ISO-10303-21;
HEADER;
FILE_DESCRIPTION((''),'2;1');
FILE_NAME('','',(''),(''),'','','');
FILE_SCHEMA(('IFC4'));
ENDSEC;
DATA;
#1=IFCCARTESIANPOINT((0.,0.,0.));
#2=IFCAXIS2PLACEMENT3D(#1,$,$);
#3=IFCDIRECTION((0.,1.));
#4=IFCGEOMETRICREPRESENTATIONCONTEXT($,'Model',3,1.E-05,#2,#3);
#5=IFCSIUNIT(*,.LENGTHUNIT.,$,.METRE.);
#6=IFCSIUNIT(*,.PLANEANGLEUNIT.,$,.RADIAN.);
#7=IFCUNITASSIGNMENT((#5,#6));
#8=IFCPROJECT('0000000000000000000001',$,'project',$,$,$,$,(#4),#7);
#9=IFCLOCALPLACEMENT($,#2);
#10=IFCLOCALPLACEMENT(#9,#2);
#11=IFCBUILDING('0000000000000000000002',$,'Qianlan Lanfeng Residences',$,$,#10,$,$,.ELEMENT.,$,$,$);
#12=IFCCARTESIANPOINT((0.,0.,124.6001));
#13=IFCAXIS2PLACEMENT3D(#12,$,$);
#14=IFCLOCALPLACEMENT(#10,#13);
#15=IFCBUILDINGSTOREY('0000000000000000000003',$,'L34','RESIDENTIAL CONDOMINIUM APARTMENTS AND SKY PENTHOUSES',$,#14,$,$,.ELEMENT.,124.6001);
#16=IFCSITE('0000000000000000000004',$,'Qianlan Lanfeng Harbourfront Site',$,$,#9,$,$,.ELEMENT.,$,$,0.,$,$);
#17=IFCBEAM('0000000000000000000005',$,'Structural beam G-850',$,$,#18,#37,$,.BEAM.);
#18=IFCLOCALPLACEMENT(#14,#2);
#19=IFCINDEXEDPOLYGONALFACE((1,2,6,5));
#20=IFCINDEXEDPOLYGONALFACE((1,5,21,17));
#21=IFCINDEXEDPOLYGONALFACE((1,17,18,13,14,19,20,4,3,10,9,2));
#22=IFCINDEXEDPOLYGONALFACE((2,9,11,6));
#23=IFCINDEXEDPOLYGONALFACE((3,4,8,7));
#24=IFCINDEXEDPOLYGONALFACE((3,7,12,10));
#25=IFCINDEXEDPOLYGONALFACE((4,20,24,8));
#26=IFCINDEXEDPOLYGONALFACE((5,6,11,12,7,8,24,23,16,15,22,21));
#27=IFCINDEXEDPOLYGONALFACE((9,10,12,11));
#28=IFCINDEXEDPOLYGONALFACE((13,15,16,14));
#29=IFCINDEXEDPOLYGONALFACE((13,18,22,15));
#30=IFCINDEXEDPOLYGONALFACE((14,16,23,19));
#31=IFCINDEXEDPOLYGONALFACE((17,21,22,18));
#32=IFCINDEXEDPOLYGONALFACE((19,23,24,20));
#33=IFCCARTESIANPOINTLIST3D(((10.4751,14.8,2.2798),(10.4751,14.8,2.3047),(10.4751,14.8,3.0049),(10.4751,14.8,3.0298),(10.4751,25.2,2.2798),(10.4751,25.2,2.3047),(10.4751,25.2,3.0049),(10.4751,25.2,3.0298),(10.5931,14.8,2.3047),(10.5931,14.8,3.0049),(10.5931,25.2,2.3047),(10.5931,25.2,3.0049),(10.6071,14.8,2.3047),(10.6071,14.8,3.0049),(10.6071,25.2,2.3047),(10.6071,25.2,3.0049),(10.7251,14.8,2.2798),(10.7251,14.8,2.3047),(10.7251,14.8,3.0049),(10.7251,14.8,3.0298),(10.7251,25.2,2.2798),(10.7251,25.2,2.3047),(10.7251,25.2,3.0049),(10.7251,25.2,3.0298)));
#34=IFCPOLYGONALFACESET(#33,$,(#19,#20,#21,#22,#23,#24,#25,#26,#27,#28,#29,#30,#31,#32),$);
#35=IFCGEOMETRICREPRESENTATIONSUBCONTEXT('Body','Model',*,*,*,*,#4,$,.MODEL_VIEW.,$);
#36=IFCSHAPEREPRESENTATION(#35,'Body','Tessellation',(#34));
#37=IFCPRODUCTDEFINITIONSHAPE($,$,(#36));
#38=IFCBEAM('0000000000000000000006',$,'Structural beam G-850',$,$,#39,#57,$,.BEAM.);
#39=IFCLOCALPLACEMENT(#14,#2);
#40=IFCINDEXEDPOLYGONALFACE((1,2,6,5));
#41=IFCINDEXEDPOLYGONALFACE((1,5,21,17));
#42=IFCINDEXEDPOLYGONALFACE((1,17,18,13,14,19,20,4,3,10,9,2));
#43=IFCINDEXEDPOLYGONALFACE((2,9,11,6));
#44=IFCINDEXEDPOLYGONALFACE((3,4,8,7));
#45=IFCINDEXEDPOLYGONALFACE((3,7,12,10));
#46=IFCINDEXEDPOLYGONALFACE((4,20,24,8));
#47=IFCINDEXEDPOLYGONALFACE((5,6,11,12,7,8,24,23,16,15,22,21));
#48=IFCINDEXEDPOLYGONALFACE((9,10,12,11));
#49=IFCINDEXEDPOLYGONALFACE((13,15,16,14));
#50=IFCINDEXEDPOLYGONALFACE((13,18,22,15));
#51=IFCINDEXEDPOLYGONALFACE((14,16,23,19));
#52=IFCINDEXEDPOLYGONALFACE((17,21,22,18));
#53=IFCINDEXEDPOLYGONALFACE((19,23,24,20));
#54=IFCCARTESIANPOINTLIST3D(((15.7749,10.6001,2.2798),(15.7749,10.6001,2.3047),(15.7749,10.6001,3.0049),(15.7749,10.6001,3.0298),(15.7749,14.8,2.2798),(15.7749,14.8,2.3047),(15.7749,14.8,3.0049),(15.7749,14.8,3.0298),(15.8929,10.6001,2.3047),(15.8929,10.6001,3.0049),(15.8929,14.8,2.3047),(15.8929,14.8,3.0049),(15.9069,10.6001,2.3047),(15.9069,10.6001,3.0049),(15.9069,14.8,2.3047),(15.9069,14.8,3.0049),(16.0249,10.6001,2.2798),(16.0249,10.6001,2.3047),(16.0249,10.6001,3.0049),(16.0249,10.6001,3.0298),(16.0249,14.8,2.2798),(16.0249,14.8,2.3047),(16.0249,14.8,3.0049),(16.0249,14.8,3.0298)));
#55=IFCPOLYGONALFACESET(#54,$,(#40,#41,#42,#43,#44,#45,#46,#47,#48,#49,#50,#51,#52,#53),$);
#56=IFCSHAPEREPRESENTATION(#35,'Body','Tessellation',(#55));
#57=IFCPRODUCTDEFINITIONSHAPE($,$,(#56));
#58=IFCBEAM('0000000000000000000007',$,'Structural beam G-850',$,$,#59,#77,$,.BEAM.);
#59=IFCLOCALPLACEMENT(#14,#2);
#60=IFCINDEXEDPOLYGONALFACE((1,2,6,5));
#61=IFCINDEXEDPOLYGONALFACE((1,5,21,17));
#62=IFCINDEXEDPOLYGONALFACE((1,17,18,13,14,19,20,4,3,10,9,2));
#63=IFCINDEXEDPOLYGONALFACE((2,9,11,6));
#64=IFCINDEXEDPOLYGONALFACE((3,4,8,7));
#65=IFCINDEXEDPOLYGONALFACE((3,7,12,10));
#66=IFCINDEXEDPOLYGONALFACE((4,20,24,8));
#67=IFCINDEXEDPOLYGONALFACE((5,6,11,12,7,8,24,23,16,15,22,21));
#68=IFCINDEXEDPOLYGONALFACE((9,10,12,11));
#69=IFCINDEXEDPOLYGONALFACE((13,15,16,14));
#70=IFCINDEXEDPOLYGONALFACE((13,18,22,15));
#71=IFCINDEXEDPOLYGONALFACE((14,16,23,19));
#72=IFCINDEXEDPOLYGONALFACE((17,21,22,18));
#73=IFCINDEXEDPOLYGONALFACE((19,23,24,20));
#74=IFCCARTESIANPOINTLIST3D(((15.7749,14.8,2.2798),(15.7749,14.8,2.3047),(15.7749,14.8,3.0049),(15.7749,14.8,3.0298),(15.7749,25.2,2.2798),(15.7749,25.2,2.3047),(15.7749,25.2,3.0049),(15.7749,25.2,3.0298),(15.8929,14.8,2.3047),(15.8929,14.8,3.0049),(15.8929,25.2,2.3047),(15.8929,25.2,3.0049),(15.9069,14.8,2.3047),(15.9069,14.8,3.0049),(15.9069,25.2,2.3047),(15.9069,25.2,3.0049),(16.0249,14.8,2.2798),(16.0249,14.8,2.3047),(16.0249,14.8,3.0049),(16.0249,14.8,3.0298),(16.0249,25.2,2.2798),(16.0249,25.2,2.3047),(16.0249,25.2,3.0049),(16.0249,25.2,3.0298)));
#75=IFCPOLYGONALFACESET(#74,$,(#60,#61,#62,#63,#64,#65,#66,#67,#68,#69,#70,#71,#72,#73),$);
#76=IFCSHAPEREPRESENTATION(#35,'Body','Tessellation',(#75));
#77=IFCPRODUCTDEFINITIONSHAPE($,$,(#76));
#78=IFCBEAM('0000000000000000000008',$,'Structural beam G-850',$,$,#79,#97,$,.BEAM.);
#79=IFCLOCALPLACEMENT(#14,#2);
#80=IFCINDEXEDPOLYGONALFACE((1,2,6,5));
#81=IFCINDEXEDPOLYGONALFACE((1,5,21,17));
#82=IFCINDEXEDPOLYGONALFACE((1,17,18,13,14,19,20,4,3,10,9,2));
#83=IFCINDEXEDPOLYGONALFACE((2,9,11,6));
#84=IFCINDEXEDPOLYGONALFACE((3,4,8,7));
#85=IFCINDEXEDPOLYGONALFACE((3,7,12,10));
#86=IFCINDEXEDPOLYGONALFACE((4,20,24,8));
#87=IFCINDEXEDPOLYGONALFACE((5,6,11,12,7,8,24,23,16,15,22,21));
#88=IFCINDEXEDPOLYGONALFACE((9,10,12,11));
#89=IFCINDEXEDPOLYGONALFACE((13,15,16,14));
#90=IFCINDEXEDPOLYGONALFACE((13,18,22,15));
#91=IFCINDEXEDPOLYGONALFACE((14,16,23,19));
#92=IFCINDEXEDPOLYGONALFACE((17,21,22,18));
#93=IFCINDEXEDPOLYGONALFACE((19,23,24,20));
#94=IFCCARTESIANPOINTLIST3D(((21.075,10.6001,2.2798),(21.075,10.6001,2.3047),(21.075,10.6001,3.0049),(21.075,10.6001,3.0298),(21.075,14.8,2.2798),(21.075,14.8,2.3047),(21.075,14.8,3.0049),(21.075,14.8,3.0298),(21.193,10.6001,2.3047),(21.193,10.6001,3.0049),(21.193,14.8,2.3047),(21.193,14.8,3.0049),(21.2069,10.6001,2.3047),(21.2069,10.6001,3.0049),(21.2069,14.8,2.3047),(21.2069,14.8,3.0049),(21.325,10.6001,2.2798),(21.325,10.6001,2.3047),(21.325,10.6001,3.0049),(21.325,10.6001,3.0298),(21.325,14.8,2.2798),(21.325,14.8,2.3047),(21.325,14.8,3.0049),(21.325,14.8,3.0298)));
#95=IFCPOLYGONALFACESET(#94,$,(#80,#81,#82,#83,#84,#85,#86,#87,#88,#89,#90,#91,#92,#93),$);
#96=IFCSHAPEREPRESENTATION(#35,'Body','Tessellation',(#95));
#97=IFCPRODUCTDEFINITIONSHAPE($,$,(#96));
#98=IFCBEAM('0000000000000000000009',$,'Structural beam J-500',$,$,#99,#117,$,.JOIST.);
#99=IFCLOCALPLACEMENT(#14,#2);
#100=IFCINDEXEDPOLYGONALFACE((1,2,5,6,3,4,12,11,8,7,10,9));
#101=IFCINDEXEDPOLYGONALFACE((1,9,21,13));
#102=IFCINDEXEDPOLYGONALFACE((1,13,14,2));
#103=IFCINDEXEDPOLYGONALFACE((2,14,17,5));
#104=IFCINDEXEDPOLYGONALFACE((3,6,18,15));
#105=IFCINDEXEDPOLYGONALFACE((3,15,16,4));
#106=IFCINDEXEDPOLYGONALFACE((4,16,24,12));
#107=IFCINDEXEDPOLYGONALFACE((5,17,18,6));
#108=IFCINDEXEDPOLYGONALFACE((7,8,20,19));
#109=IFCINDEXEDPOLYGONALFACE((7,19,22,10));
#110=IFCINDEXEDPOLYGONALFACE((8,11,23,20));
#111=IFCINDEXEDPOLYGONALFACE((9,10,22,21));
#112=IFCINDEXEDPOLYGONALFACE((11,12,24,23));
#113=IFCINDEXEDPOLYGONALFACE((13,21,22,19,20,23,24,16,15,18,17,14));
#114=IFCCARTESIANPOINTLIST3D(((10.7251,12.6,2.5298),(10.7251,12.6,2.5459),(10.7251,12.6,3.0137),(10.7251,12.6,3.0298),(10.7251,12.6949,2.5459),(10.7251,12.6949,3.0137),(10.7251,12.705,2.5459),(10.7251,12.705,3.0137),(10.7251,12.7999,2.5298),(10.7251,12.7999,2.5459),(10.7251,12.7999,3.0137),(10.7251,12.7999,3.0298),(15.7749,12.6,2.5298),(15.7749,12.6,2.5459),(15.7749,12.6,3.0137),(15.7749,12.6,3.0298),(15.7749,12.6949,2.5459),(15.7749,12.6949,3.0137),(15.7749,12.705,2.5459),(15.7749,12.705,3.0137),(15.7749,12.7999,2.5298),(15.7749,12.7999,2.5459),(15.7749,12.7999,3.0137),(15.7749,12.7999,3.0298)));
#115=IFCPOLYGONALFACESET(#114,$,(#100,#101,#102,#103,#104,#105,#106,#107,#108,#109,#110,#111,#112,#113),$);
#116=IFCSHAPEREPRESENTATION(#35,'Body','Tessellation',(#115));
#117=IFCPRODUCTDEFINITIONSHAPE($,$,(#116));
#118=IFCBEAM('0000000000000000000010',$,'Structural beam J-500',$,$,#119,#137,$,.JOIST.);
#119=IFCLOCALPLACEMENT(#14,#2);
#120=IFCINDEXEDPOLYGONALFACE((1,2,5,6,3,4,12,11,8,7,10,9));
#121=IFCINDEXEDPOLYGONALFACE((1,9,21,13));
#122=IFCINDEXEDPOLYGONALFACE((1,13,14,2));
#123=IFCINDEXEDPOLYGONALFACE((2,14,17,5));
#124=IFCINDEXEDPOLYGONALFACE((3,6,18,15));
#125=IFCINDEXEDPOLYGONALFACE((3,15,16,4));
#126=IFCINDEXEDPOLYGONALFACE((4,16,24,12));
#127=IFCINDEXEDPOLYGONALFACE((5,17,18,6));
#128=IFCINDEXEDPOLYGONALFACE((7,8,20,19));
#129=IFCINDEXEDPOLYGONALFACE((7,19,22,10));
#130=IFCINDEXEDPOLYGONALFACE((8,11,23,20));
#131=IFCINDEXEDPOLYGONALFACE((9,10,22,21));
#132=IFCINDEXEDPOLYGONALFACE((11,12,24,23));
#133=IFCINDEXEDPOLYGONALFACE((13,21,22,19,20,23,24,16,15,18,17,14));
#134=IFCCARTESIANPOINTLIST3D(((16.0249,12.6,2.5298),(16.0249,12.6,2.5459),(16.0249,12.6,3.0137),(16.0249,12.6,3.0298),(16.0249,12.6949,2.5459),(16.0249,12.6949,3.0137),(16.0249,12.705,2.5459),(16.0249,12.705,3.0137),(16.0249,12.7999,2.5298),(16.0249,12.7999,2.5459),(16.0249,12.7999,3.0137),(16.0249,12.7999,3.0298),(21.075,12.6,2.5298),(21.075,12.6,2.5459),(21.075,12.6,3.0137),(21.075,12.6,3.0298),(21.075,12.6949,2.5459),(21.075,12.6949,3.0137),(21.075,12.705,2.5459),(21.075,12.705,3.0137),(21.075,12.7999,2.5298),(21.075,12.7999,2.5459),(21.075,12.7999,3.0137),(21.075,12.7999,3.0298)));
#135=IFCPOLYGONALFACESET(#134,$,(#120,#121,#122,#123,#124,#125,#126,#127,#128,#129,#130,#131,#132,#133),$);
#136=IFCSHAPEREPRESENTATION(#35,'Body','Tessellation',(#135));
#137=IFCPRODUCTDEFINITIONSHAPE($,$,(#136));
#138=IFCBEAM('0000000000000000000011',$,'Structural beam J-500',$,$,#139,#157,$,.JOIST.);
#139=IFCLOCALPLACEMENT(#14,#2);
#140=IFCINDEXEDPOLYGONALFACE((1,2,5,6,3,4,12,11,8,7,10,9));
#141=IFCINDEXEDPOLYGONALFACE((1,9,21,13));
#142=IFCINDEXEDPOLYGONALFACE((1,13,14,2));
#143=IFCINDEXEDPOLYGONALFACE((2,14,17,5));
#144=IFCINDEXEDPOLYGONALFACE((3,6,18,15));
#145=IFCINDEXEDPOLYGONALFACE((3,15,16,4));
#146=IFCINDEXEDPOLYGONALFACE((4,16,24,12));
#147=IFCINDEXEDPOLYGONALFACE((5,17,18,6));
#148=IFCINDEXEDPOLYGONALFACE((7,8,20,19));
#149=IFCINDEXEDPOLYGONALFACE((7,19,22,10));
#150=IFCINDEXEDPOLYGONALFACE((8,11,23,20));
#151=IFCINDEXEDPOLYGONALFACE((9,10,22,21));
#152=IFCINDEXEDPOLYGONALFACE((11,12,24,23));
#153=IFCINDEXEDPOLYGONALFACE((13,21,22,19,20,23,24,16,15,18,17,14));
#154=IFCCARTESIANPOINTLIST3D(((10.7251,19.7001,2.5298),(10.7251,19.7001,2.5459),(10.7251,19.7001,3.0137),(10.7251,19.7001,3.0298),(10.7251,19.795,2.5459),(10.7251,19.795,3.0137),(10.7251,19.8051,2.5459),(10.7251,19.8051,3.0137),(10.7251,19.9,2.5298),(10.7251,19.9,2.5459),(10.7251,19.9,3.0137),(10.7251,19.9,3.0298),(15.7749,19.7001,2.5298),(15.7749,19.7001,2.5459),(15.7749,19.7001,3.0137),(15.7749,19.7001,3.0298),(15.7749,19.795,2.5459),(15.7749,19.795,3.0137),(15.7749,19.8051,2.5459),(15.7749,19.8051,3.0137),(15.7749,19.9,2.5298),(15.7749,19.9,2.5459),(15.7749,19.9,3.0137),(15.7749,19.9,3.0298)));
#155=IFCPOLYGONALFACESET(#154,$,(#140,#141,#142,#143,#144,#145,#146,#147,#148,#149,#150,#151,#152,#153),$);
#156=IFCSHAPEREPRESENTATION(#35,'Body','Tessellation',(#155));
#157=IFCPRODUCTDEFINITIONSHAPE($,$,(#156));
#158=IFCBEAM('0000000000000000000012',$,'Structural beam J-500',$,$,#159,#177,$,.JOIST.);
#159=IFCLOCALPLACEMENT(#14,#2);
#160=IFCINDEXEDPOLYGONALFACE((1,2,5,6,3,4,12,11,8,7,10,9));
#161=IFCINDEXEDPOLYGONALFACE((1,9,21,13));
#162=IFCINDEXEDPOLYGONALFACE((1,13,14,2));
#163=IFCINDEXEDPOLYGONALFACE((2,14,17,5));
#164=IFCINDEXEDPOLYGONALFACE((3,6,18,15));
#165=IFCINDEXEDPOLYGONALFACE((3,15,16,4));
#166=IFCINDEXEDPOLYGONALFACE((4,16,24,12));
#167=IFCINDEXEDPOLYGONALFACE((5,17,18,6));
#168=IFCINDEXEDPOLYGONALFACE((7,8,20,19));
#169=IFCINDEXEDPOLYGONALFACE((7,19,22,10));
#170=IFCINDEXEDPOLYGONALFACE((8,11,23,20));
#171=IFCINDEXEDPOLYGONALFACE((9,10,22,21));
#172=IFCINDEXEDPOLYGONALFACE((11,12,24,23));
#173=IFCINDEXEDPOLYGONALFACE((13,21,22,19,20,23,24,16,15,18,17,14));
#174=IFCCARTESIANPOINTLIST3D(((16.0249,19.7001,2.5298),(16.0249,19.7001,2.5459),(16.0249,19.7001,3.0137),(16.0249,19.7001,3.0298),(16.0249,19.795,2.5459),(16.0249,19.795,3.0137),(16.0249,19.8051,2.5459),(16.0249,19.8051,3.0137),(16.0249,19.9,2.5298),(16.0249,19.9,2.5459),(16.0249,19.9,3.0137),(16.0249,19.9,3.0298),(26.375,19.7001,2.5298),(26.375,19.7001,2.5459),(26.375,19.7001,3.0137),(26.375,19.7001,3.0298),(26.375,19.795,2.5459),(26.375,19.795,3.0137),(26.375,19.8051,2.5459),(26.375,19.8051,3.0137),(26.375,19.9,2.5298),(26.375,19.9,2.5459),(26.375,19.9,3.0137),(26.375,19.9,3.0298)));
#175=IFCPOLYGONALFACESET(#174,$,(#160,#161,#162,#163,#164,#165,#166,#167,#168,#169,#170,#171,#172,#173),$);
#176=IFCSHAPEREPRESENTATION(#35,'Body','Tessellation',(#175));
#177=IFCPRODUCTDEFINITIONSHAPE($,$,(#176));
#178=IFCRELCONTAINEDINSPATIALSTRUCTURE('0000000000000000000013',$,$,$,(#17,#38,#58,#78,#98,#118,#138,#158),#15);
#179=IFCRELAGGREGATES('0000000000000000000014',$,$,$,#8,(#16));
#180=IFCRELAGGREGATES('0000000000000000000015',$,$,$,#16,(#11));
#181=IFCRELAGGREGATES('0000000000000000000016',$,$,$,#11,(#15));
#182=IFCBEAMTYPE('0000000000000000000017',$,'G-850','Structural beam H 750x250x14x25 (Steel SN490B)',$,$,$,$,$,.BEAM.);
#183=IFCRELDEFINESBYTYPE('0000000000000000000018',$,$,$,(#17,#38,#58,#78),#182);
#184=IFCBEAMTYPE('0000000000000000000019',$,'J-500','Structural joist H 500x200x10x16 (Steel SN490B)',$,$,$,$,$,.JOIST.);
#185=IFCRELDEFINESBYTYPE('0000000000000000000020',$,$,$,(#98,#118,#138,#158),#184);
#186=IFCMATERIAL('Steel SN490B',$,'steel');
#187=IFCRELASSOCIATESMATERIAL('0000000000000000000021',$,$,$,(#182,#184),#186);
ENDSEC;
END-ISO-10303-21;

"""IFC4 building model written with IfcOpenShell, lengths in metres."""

from ifc_helpers import new_model, si_unit, direction, frame, origin, origin_2d, place, context, subcontext, project, spatial, i_section, extrude, material, material_profile, profile_set, type_object, element, save


model = new_model("IFC4")

# Units and contexts
model_context = context("Model", 3, precision=1e-05, world=origin(), true_north=direction((0.0, 1.0)))
body_context = subcontext(model_context, "Body", "Model", "MODEL_VIEW")
ifc_project = project(units=[si_unit("LENGTHUNIT", "METRE"), si_unit("PLANEANGLEUNIT", "RADIAN")], contexts=[model_context])

# Site, building, storey
site_placement = place(None, origin())
site = spatial("IfcSite", under=ifc_project, at=site_placement, Name="Qianlan Lanfeng Harbourfront Site", CompositionType="ELEMENT", RefElevation=0.0)
building_placement = place(site_placement, origin())
building = spatial("IfcBuilding", under=site, at=building_placement, Name="Qianlan Lanfeng Residences", CompositionType="ELEMENT")
storey_placement = place(building_placement, frame((0.0, 0.0, 124.6001)))
storey = spatial("IfcBuildingStorey", under=building, at=storey_placement, Name="L34", Description="RESIDENTIAL CONDOMINIUM APARTMENTS AND SKY PENTHOUSES", CompositionType="ELEMENT", Elevation=124.6001)

# Shared definitions
ifc_material_1 = material(Name="Steel SN490B", Category="steel")

# Beams
ifc_material_profile_1 = material_profile(ifc_material_1, i_section(OverallWidth=0.25, OverallDepth=0.75, WebThickness=0.0139, FlangeThickness=0.0249, at=origin_2d()), Name="H 750x250x14x25")
ifc_profile_set_1 = profile_set([ifc_material_profile_1], Name="Steel SN490B")
beam_type_1 = type_object("IfcBeamType", Name="G-850", Description="Structural beam H 750x250x14x25 (Steel SN490B)", PredefinedType="BEAM", material=ifc_profile_set_1)
beam_1_placement = place(storey_placement, frame((10.6001, 14.8, 2.6548), z_axis=(0.0, 1.0, 0.0), x_axis=(-1.0, 0.0, 0.0)))
element("IfcBeam", 1, at=beam_1_placement, inside=storey, type_object=beam_type_1, Name="Structural beam G-850", PredefinedType="BEAM", context=body_context, shape_type="SweptSolid", body=[
    extrude(i_section(OverallWidth=0.25, OverallDepth=0.75, WebThickness=0.0139, FlangeThickness=0.0249, at=origin_2d()), origin(), (0.0, 0.0, 1.0), 10.3999),
])
beam_2_placement = place(storey_placement, frame((15.8999, 10.6001, 2.6548), z_axis=(0.0, 1.0, 0.0), x_axis=(-1.0, 0.0, 0.0)))
element("IfcBeam", 2, at=beam_2_placement, inside=storey, type_object=beam_type_1, Name="Structural beam G-850", PredefinedType="BEAM", context=body_context, shape_type="SweptSolid", body=[
    extrude(i_section(OverallWidth=0.25, OverallDepth=0.75, WebThickness=0.0139, FlangeThickness=0.0249, at=origin_2d()), origin(), (0.0, 0.0, 1.0), 4.2),
])
beam_3_placement = place(storey_placement, frame((15.8999, 14.8, 2.6548), z_axis=(0.0, 1.0, 0.0), x_axis=(-1.0, 0.0, 0.0)))
element("IfcBeam", 3, at=beam_3_placement, inside=storey, type_object=beam_type_1, Name="Structural beam G-850", PredefinedType="BEAM", context=body_context, shape_type="SweptSolid", body=[
    extrude(i_section(OverallWidth=0.25, OverallDepth=0.75, WebThickness=0.0139, FlangeThickness=0.0249, at=origin_2d()), origin(), (0.0, 0.0, 1.0), 10.3999),
])
beam_4_placement = place(storey_placement, frame((21.2, 10.6001, 2.6548), z_axis=(0.0, 1.0, 0.0), x_axis=(-1.0, 0.0, 0.0)))
element("IfcBeam", 4, at=beam_4_placement, inside=storey, type_object=beam_type_1, Name="Structural beam G-850", PredefinedType="BEAM", context=body_context, shape_type="SweptSolid", body=[
    extrude(i_section(OverallWidth=0.25, OverallDepth=0.75, WebThickness=0.0139, FlangeThickness=0.0249, at=origin_2d()), origin(), (0.0, 0.0, 1.0), 4.2),
])
ifc_material_profile_2 = material_profile(ifc_material_1, i_section(OverallWidth=0.2, OverallDepth=0.5, WebThickness=0.01, FlangeThickness=0.0161, at=origin_2d()), Name="H 500x200x10x16")
ifc_profile_set_2 = profile_set([ifc_material_profile_2], Name="Steel SN490B")
beam_type_2 = type_object("IfcBeamType", Name="J-500", Description="Structural joist H 500x200x10x16 (Steel SN490B)", PredefinedType="JOIST", material=ifc_profile_set_2)
beam_5_placement = place(storey_placement, frame((10.7251, 12.7, 2.7798), z_axis=(1.0, 0.0, 0.0), x_axis=(0.0, 1.0, 0.0)))
element("IfcBeam", 5, at=beam_5_placement, inside=storey, type_object=beam_type_2, Name="Structural beam J-500", PredefinedType="JOIST", context=body_context, shape_type="SweptSolid", body=[
    extrude(i_section(OverallWidth=0.2, OverallDepth=0.5, WebThickness=0.01, FlangeThickness=0.0161, at=origin_2d()), origin(), (0.0, 0.0, 1.0), 5.0498),
])
beam_6_placement = place(storey_placement, frame((16.0249, 12.7, 2.7798), z_axis=(1.0, 0.0, 0.0), x_axis=(0.0, 1.0, 0.0)))
element("IfcBeam", 6, at=beam_6_placement, inside=storey, type_object=beam_type_2, Name="Structural beam J-500", PredefinedType="JOIST", context=body_context, shape_type="SweptSolid", body=[
    extrude(i_section(OverallWidth=0.2, OverallDepth=0.5, WebThickness=0.01, FlangeThickness=0.0161, at=origin_2d()), origin(), (0.0, 0.0, 1.0), 5.05),
])
beam_7_placement = place(storey_placement, frame((10.7251, 19.8, 2.7798), z_axis=(1.0, 0.0, 0.0), x_axis=(0.0, 1.0, 0.0)))
element("IfcBeam", 7, at=beam_7_placement, inside=storey, type_object=beam_type_2, Name="Structural beam J-500", PredefinedType="JOIST", context=body_context, shape_type="SweptSolid", body=[
    extrude(i_section(OverallWidth=0.2, OverallDepth=0.5, WebThickness=0.01, FlangeThickness=0.0161, at=origin_2d()), origin(), (0.0, 0.0, 1.0), 5.0498),
])
beam_8_placement = place(storey_placement, frame((16.0249, 19.8, 2.7798), z_axis=(1.0, 0.0, 0.0), x_axis=(0.0, 1.0, 0.0)))
element("IfcBeam", 8, at=beam_8_placement, inside=storey, type_object=beam_type_2, Name="Structural beam J-500", PredefinedType="JOIST", context=body_context, shape_type="SweptSolid", body=[
    extrude(i_section(OverallWidth=0.2, OverallDepth=0.5, WebThickness=0.01, FlangeThickness=0.0161, at=origin_2d()), origin(), (0.0, 0.0, 1.0), 10.3501),
])

save(model, "model.ifc")
